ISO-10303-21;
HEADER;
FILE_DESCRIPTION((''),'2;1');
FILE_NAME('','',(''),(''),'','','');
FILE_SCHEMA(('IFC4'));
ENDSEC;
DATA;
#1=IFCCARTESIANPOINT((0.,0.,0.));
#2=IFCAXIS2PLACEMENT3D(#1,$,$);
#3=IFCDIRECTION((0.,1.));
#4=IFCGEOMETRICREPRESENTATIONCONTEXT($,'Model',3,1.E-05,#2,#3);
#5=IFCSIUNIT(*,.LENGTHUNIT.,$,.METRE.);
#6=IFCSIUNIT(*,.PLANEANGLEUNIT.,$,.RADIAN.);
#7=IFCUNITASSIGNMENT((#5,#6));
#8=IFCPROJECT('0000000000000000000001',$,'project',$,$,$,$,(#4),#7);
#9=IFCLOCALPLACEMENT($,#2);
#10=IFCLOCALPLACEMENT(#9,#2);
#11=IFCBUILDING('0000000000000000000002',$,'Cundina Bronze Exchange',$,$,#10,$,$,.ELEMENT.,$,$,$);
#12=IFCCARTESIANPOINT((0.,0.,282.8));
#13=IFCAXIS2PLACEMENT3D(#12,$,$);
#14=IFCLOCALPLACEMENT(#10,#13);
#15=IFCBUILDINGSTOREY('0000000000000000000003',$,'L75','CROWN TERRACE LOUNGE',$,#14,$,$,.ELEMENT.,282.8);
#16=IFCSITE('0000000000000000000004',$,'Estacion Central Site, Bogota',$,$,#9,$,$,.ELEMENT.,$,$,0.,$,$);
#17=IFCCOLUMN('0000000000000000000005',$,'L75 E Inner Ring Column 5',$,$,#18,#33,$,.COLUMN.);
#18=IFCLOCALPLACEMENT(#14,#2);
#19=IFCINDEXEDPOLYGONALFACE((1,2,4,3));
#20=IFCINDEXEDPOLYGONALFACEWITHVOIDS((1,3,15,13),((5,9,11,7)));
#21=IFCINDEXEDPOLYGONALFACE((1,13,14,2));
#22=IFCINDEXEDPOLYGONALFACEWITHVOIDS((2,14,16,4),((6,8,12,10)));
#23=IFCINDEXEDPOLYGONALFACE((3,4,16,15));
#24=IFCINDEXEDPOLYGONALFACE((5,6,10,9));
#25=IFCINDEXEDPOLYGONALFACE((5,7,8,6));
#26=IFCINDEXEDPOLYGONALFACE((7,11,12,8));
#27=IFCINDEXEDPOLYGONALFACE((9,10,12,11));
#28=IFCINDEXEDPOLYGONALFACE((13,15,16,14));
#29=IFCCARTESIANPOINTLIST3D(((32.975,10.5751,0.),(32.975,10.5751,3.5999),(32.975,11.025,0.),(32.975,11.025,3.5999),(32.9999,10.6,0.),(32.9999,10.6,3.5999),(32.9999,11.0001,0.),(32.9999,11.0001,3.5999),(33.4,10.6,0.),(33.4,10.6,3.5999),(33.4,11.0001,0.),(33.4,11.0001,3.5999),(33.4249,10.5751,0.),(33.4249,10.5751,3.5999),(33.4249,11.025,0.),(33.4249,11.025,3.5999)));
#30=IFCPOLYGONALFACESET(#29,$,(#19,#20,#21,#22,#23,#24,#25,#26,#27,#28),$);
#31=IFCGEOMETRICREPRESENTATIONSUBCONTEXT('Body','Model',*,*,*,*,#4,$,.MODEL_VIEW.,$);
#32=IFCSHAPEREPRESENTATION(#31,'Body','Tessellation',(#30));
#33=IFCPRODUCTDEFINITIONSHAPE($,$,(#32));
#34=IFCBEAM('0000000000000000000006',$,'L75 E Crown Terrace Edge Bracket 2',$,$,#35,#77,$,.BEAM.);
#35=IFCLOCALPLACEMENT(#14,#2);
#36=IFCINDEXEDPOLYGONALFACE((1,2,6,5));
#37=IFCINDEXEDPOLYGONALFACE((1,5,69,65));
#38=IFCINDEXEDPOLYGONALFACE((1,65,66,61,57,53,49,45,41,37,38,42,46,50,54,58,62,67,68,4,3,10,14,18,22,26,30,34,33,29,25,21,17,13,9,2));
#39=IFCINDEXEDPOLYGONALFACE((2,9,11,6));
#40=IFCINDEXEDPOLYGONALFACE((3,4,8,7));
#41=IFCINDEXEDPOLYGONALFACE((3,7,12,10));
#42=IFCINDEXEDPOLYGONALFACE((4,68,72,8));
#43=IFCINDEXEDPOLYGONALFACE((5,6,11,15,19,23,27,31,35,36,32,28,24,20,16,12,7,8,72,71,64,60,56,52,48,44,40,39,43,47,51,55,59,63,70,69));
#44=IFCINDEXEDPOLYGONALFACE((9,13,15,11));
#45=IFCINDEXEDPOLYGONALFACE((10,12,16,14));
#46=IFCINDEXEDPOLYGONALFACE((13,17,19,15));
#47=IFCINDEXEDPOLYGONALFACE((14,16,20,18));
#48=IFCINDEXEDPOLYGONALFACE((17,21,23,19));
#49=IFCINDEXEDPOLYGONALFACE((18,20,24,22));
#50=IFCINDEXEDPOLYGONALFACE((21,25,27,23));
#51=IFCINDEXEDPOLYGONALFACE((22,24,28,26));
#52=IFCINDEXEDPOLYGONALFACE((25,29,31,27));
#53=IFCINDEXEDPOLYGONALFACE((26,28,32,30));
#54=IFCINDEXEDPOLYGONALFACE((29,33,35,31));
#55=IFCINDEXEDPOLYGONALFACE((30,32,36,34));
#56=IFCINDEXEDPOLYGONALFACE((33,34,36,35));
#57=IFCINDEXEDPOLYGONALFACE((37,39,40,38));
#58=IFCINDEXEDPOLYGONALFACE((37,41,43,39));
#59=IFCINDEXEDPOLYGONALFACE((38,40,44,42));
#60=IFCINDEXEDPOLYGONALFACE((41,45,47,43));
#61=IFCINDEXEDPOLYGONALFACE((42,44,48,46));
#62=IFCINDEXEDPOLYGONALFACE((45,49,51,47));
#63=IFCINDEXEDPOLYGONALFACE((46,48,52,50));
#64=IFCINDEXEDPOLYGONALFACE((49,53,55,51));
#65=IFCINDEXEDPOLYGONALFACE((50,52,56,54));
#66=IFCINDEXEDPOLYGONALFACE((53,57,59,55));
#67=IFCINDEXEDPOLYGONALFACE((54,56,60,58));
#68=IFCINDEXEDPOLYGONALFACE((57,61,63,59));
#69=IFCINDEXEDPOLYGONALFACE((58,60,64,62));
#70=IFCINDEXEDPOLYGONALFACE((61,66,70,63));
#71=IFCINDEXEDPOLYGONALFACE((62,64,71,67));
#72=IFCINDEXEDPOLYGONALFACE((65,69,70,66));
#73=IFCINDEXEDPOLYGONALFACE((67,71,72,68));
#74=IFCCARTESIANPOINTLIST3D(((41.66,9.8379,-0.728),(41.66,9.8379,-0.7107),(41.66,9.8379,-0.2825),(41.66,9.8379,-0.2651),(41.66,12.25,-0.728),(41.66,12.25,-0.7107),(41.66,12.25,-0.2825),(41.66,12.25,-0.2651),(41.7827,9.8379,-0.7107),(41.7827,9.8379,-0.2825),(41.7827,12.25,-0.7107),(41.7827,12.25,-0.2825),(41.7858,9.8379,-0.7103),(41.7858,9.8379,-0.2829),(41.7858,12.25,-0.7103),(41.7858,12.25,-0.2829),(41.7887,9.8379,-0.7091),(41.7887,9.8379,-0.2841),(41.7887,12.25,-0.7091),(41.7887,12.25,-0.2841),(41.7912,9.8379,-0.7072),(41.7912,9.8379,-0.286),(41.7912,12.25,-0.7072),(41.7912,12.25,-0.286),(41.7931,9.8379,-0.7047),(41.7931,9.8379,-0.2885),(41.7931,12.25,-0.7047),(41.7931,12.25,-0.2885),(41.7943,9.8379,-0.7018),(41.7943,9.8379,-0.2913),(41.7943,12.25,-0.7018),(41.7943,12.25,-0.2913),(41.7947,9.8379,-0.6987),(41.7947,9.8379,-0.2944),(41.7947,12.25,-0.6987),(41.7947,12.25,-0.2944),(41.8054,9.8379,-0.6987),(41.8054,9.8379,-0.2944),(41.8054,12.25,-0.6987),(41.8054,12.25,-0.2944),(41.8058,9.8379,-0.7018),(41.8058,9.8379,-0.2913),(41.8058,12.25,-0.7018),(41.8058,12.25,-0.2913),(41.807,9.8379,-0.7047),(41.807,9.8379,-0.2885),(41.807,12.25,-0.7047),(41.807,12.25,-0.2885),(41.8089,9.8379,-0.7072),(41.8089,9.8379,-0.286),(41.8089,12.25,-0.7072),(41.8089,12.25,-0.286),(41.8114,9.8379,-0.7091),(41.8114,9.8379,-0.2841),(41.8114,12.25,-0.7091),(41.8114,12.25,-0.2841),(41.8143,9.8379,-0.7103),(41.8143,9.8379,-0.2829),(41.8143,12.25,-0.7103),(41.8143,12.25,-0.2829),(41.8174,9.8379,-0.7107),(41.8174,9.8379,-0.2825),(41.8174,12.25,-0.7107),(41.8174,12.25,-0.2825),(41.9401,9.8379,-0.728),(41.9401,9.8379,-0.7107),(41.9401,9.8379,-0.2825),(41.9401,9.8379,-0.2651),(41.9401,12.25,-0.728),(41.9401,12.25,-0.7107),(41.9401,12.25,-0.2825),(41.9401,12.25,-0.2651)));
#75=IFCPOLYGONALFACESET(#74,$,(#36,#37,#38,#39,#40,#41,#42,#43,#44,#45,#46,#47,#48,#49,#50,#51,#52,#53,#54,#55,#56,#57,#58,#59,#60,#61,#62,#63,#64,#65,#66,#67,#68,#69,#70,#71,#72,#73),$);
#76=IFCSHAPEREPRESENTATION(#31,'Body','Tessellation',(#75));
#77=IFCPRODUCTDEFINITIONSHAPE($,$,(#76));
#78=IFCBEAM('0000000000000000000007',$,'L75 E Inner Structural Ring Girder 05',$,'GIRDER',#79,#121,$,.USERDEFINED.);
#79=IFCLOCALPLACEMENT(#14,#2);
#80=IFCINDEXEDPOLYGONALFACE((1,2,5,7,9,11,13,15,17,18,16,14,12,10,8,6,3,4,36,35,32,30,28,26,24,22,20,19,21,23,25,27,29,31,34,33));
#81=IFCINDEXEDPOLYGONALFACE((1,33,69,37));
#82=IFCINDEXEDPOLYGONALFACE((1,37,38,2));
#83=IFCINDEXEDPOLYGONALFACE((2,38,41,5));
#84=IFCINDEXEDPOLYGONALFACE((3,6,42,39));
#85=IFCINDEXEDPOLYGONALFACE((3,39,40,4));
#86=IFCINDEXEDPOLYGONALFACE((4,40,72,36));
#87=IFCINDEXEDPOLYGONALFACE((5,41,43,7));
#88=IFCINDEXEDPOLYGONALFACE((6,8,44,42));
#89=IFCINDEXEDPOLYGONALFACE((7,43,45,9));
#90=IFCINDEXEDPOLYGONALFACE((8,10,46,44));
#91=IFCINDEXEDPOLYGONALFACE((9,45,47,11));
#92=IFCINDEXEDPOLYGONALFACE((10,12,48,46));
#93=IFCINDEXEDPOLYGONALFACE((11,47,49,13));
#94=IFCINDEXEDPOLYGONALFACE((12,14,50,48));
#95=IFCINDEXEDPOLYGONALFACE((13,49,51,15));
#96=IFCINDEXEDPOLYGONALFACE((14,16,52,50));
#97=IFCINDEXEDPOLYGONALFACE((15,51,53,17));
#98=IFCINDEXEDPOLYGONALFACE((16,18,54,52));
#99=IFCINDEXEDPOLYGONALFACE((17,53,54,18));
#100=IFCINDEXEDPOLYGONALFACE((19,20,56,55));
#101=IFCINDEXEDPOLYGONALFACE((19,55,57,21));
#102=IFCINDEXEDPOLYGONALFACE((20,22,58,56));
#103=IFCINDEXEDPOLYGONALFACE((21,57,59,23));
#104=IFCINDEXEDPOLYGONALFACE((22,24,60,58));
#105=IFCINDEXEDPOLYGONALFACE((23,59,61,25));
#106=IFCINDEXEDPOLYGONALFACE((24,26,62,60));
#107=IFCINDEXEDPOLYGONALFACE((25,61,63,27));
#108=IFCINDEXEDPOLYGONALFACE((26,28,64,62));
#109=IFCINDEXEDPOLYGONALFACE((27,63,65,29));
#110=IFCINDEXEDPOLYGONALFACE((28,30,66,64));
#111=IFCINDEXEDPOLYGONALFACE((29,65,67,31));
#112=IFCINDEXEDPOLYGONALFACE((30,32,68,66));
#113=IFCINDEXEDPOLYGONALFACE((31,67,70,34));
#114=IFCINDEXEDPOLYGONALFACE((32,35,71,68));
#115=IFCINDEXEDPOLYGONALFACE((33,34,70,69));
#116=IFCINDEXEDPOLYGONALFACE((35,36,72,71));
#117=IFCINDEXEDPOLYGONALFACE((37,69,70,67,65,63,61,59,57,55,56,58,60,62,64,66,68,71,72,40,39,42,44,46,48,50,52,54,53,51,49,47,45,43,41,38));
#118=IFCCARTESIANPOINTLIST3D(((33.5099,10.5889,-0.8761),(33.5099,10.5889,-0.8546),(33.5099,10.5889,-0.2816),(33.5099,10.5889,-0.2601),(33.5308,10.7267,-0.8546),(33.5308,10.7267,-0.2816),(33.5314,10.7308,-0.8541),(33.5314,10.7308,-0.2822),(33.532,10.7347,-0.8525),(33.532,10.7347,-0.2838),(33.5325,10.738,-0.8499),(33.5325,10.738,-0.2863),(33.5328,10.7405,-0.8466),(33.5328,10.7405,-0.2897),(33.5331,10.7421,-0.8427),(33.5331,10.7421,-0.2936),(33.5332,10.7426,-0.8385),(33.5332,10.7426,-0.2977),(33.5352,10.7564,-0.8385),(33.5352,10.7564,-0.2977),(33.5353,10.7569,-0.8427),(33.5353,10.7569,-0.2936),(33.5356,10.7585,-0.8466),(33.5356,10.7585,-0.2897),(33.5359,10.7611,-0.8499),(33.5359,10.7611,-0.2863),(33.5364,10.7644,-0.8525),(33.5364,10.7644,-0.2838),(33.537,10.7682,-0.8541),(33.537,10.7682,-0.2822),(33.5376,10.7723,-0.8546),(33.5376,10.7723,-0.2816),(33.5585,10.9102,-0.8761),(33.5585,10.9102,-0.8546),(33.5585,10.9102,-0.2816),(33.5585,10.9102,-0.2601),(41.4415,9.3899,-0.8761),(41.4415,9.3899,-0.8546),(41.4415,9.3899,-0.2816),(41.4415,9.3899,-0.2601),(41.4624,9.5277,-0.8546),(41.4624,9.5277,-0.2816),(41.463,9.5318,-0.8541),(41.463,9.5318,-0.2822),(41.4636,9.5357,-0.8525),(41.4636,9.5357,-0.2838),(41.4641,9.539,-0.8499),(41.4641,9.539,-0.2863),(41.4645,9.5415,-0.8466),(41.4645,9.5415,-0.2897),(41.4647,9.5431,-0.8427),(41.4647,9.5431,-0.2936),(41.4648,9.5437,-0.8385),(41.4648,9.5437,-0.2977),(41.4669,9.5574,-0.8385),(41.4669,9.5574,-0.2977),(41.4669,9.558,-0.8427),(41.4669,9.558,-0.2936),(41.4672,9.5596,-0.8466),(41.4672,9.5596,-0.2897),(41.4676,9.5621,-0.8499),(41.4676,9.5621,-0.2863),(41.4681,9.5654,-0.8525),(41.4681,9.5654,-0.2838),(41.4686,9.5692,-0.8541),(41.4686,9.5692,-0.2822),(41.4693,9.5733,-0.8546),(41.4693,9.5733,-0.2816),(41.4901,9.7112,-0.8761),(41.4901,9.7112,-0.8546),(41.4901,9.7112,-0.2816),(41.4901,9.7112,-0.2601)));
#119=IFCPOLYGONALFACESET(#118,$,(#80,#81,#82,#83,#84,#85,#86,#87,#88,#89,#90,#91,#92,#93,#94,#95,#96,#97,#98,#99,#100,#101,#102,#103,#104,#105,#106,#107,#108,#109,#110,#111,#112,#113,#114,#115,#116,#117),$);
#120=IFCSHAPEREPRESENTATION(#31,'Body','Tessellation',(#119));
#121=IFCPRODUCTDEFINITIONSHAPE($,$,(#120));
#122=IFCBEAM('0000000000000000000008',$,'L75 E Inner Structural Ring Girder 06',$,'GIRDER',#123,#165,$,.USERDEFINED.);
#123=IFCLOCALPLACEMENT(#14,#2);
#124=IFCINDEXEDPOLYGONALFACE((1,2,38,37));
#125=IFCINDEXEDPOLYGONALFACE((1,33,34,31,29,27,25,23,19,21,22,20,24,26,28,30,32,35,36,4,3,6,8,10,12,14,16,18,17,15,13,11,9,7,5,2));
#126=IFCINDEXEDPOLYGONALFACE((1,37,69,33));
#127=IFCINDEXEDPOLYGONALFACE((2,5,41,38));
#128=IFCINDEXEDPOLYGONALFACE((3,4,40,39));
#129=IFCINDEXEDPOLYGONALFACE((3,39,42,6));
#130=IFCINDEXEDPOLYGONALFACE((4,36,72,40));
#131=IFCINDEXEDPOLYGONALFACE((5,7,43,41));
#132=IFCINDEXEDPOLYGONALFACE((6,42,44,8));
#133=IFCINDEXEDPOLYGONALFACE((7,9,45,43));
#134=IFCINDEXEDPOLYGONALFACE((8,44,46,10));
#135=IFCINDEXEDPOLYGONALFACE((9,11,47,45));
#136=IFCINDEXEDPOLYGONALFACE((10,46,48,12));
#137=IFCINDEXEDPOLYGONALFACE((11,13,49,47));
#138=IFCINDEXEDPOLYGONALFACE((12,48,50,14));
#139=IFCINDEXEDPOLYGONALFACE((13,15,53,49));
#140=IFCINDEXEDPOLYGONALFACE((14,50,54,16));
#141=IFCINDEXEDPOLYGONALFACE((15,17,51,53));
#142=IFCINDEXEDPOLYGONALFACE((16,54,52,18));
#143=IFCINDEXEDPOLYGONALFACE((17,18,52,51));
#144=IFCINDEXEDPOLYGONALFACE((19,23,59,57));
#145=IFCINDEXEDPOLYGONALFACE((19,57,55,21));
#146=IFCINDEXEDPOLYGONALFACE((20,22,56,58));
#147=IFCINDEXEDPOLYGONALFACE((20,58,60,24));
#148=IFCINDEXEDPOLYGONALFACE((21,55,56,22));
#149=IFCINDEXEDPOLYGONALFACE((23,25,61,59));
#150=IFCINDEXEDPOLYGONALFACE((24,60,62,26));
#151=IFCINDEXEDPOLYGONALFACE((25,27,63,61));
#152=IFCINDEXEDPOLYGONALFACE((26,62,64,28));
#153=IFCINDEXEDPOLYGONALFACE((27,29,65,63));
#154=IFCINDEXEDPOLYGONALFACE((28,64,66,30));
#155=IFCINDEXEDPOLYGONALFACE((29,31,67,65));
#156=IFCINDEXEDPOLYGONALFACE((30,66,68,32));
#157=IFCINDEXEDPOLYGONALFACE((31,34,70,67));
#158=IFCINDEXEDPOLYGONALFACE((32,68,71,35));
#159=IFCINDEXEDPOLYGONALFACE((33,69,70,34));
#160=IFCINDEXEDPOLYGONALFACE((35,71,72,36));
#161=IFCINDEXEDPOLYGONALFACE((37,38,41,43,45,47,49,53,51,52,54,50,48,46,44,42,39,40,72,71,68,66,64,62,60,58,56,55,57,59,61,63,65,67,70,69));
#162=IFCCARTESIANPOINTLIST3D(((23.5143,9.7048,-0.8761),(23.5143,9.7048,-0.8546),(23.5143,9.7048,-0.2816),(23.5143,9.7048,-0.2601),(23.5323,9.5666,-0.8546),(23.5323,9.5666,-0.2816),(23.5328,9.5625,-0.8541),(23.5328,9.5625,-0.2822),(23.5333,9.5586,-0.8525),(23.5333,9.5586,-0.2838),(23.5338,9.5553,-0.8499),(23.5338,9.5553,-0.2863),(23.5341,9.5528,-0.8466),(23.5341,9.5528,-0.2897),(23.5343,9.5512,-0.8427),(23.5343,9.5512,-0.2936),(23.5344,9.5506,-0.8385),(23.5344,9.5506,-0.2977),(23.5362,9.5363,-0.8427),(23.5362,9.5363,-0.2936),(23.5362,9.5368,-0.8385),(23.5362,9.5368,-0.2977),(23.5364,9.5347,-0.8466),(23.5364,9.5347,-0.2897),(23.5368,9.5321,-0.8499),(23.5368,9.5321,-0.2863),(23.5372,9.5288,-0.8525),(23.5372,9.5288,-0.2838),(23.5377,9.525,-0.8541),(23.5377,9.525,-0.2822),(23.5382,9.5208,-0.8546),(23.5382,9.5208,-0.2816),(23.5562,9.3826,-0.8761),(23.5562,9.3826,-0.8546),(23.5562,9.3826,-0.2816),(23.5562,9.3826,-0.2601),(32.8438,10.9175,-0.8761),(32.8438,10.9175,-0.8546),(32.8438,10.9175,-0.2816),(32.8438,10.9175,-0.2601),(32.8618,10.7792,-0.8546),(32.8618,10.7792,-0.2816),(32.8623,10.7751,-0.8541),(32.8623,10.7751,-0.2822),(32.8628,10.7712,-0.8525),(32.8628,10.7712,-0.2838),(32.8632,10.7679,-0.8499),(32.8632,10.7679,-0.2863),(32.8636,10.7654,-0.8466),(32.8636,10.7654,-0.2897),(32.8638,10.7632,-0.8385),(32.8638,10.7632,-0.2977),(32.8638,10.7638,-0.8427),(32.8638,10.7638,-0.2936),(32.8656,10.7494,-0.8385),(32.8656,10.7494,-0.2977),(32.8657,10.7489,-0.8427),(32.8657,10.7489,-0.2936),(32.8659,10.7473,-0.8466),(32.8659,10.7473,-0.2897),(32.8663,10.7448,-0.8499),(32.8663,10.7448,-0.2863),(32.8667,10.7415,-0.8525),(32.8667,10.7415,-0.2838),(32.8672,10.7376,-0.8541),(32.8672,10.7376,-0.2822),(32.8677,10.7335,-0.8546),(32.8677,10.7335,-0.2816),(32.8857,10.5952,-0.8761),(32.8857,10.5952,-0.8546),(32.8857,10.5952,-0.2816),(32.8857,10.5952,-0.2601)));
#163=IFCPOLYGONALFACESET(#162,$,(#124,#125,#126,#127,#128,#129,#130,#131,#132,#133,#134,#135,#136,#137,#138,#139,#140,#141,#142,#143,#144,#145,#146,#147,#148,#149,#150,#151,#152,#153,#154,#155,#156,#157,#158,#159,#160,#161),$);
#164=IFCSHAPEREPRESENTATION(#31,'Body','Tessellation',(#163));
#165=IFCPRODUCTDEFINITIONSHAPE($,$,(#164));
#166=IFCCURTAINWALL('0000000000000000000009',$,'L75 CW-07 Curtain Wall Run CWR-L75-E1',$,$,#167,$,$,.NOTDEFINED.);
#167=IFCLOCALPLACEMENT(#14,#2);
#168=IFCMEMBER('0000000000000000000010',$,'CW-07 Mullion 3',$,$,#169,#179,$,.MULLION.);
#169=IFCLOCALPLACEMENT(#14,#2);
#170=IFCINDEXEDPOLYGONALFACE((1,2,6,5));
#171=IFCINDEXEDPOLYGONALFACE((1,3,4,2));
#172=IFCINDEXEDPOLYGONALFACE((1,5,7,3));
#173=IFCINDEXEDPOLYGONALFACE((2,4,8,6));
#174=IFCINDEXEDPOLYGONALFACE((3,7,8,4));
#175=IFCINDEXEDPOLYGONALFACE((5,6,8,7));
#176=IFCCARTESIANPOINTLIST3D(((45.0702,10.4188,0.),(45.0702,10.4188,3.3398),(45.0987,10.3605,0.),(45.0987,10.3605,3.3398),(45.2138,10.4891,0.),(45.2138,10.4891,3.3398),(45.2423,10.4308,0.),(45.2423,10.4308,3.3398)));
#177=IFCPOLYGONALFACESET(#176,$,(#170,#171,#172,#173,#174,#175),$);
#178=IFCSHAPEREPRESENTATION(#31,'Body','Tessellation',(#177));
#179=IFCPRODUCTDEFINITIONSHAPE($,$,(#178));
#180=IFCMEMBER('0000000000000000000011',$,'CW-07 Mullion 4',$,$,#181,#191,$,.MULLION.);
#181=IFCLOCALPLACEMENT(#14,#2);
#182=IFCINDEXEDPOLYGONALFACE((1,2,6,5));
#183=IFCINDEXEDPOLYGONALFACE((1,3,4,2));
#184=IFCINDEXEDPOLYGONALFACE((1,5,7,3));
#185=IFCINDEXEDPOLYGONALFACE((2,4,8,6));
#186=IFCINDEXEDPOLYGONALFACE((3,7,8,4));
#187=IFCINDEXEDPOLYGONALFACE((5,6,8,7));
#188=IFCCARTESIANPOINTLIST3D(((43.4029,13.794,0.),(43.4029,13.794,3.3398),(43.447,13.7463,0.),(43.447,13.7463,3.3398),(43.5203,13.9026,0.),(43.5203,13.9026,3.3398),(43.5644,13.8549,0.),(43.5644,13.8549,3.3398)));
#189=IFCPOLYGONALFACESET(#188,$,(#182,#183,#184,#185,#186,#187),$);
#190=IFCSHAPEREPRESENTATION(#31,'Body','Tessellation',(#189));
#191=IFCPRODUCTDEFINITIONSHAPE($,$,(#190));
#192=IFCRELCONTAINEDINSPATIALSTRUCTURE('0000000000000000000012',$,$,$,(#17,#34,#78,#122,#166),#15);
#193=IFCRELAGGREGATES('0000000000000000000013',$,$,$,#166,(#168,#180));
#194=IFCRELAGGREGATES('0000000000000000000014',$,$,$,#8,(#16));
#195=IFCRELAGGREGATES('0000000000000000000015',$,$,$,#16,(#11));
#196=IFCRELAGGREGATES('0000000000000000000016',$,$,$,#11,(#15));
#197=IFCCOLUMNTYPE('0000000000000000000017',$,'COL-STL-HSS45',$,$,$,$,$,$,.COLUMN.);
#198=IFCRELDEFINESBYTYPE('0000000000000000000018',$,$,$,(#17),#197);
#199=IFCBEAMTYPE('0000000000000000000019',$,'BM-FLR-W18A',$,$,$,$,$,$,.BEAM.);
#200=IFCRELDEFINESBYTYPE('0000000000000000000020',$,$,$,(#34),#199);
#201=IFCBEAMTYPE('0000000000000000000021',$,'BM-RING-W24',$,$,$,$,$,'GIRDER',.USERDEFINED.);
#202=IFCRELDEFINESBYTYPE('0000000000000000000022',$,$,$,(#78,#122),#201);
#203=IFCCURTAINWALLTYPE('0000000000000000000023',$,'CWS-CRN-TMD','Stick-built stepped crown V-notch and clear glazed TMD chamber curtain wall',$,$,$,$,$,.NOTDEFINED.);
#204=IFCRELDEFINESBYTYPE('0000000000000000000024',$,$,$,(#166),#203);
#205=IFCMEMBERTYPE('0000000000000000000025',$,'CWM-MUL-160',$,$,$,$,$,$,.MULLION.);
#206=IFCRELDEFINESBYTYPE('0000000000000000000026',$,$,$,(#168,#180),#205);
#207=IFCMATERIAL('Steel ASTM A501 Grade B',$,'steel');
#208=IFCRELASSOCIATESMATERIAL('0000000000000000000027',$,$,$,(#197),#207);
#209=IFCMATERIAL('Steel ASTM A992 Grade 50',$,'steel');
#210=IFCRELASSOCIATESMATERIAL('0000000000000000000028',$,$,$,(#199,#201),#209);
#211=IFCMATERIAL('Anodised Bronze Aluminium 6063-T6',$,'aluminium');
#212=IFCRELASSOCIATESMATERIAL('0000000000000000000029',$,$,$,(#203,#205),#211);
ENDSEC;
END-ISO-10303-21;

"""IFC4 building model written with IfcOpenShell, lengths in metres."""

from ifc_helpers import new_model, si_unit, direction, frame, origin, origin_2d, place, context, subcontext, project, spatial, rectangle, hollow_rectangle, i_section, extrude, material, material_profile, profile_set, type_object, element, aggregate, save


model = new_model("IFC4")

# Units and contexts
model_context = context("Model", 3, precision=1e-05, world=origin(), true_north=direction((0.0, 1.0)))
body_context = subcontext(model_context, "Body", "Model", "MODEL_VIEW")
ifc_project = project(units=[si_unit("LENGTHUNIT", "METRE"), si_unit("PLANEANGLEUNIT", "RADIAN")], contexts=[model_context])

# Site, building, storey
site_placement = place(None, origin())
site = spatial("IfcSite", under=ifc_project, at=site_placement, Name="Estacion Central Site, Bogota", CompositionType="ELEMENT", RefElevation=0.0)
building_placement = place(site_placement, origin())
building = spatial("IfcBuilding", under=site, at=building_placement, Name="Cundina Bronze Exchange", CompositionType="ELEMENT")
storey_placement = place(building_placement, frame((0.0, 0.0, 282.8)))
storey = spatial("IfcBuildingStorey", under=building, at=storey_placement, Name="L75", Description="CROWN TERRACE LOUNGE", CompositionType="ELEMENT", Elevation=282.8)

# Column
ifc_material_1 = material(Name="Steel ASTM A501 Grade B", Category="steel")
ifc_material_profile_1 = material_profile(ifc_material_1, hollow_rectangle(XDim=0.45, YDim=0.45, WallThickness=0.0249, at=origin_2d()), Name="HSS450X450X25", Category="steel")
ifc_profile_set_1 = profile_set([ifc_material_profile_1], Name="Steel ASTM A501 Grade B")
column_type = type_object("IfcColumnType", Name="COL-STL-HSS45", PredefinedType="COLUMN", material=ifc_profile_set_1)
column_placement = place(storey_placement, frame((33.2, 10.8, 0.0), z_axis=(0.0, 0.0, 1.0), x_axis=(1.0, 0.0, 0.0)))
element("IfcColumn", 1, at=column_placement, inside=storey, type_object=column_type, Name="L75 E Inner Ring Column 5", PredefinedType="COLUMN", context=body_context, shape_type="SweptSolid", body=[
    extrude(hollow_rectangle(XDim=0.45, YDim=0.45, WallThickness=0.0249, at=origin_2d()), origin(), (0.0, 0.0, 1.0), 3.5999),
])

# Beams
ifc_material_2 = material(Name="Steel ASTM A992 Grade 50", Category="steel")
ifc_material_profile_2 = material_profile(ifc_material_2, i_section(OverallWidth=0.28, OverallDepth=0.4629, WebThickness=0.0107, FlangeThickness=0.0173, FilletRadius=0.012, at=origin_2d()), Name="W18X76", Category="steel")
ifc_profile_set_2 = profile_set([ifc_material_profile_2], Name="Steel ASTM A992 Grade 50")
beam_type_1 = type_object("IfcBeamType", Name="BM-FLR-W18A", PredefinedType="BEAM", material=ifc_profile_set_2)
beam_1_placement = place(storey_placement, frame((41.8, 9.8379, -0.4966), z_axis=(0.0, 1.0, 0.0), x_axis=(-1.0, 0.0, 0.0)))
element("IfcBeam", 2, at=beam_1_placement, inside=storey, type_object=beam_type_1, Name="L75 E Crown Terrace Edge Bracket 2", PredefinedType="BEAM", context=body_context, shape_type="SweptSolid", body=[
    extrude(i_section(OverallWidth=0.28, OverallDepth=0.4629, WebThickness=0.0107, FlangeThickness=0.0173, FilletRadius=0.012, at=origin_2d()), origin(), (0.0, 0.0, 1.0), 2.4121),
])
ifc_material_profile_3 = material_profile(ifc_material_2, i_section(OverallWidth=0.325, OverallDepth=0.616, WebThickness=0.0139, FlangeThickness=0.0215, FilletRadius=0.0161, at=origin_2d()), Name="W24X117", Category="steel")
ifc_profile_set_3 = profile_set([ifc_material_profile_3], Name="Steel ASTM A992 Grade 50")
beam_type_2 = type_object("IfcBeamType", Name="BM-RING-W24", ElementType="GIRDER", PredefinedType="USERDEFINED", material=ifc_profile_set_3)
beam_2_placement = place(storey_placement, frame((41.4658, 9.5505, -0.5681), z_axis=(-0.988767, 0.149465, 0.0), x_axis=(-0.149465, -0.988767, 0.0)))
element("IfcBeam", 3, at=beam_2_placement, inside=storey, type_object=beam_type_2, Name="L75 E Inner Structural Ring Girder 05", ObjectType="GIRDER", PredefinedType="USERDEFINED", context=body_context, shape_type="SweptSolid", body=[
    extrude(i_section(OverallWidth=0.325, OverallDepth=0.616, WebThickness=0.0139, FlangeThickness=0.0215, FilletRadius=0.0161, at=origin_2d()), origin(), (0.0, 0.0, 1.0), 8.0217),
])
beam_3_placement = place(storey_placement, frame((32.8647, 10.7563, -0.5681), z_axis=(-0.991658, -0.128894, 0.0), x_axis=(0.128894, -0.991658, 0.0)))
element("IfcBeam", 4, at=beam_3_placement, inside=storey, type_object=beam_type_2, Name="L75 E Inner Structural Ring Girder 06", ObjectType="GIRDER", PredefinedType="USERDEFINED", context=body_context, shape_type="SweptSolid", body=[
    extrude(i_section(OverallWidth=0.325, OverallDepth=0.616, WebThickness=0.0139, FlangeThickness=0.0215, FilletRadius=0.0161, at=origin_2d()), origin(), (0.0, 0.0, 1.0), 9.408),
])

# Curtain wall, members
ifc_material_3 = material(Name="Anodised Bronze Aluminium 6063-T6", Category="aluminium")
curtain_wall_type = type_object("IfcCurtainWallType", Name="CWS-CRN-TMD", Description="Stick-built stepped crown V-notch and clear glazed TMD chamber curtain wall", PredefinedType="NOTDEFINED", material=ifc_material_3)
curtain_wall_placement = place(storey_placement, origin())
curtain_wall = element("IfcCurtainWall", 5, at=curtain_wall_placement, inside=storey, type_object=curtain_wall_type, Name="L75 CW-07 Curtain Wall Run CWR-L75-E1", PredefinedType="NOTDEFINED")
ifc_material_profile_4 = material_profile(ifc_material_3, rectangle(XDim=0.0649, YDim=0.1599, at=origin_2d()), Name="AL65X160", Category="aluminium")
ifc_profile_set_4 = profile_set([ifc_material_profile_4], Name="Anodised Bronze Aluminium 6063-T6")
member_type_1 = type_object("IfcMemberType", Name="CWM-MUL-160", PredefinedType="MULLION", material=ifc_profile_set_4)
member_1_placement = place(storey_placement, frame((45.1562, 10.4248, 0.0), z_axis=(0.0, 0.0, 1.0), x_axis=(-0.439312, 0.898334, 0.0)))
member_1 = element("IfcMember", 6, at=member_1_placement, type_object=member_type_1, Name="CW-07 Mullion 3", PredefinedType="MULLION", context=body_context, shape_type="SweptSolid", body=[
    extrude(rectangle(XDim=0.0649, YDim=0.1599, at=origin_2d()), origin(), (0.0, 0.0, 1.0), 3.3398),
])
member_2_placement = place(storey_placement, frame((43.4836, 13.8245, 0.0), z_axis=(0.0, 0.0, 1.0), x_axis=(-0.679057, 0.734086, 0.0)))
member_2 = element("IfcMember", 7, at=member_2_placement, type_object=member_type_1, Name="CW-07 Mullion 4", PredefinedType="MULLION", context=body_context, shape_type="SweptSolid", body=[
    extrude(rectangle(XDim=0.0649, YDim=0.1599, at=origin_2d()), origin(), (0.0, 0.0, 1.0), 3.3398),
])

aggregate(curtain_wall, [member_1, member_2])

save(model, "model.ifc")
